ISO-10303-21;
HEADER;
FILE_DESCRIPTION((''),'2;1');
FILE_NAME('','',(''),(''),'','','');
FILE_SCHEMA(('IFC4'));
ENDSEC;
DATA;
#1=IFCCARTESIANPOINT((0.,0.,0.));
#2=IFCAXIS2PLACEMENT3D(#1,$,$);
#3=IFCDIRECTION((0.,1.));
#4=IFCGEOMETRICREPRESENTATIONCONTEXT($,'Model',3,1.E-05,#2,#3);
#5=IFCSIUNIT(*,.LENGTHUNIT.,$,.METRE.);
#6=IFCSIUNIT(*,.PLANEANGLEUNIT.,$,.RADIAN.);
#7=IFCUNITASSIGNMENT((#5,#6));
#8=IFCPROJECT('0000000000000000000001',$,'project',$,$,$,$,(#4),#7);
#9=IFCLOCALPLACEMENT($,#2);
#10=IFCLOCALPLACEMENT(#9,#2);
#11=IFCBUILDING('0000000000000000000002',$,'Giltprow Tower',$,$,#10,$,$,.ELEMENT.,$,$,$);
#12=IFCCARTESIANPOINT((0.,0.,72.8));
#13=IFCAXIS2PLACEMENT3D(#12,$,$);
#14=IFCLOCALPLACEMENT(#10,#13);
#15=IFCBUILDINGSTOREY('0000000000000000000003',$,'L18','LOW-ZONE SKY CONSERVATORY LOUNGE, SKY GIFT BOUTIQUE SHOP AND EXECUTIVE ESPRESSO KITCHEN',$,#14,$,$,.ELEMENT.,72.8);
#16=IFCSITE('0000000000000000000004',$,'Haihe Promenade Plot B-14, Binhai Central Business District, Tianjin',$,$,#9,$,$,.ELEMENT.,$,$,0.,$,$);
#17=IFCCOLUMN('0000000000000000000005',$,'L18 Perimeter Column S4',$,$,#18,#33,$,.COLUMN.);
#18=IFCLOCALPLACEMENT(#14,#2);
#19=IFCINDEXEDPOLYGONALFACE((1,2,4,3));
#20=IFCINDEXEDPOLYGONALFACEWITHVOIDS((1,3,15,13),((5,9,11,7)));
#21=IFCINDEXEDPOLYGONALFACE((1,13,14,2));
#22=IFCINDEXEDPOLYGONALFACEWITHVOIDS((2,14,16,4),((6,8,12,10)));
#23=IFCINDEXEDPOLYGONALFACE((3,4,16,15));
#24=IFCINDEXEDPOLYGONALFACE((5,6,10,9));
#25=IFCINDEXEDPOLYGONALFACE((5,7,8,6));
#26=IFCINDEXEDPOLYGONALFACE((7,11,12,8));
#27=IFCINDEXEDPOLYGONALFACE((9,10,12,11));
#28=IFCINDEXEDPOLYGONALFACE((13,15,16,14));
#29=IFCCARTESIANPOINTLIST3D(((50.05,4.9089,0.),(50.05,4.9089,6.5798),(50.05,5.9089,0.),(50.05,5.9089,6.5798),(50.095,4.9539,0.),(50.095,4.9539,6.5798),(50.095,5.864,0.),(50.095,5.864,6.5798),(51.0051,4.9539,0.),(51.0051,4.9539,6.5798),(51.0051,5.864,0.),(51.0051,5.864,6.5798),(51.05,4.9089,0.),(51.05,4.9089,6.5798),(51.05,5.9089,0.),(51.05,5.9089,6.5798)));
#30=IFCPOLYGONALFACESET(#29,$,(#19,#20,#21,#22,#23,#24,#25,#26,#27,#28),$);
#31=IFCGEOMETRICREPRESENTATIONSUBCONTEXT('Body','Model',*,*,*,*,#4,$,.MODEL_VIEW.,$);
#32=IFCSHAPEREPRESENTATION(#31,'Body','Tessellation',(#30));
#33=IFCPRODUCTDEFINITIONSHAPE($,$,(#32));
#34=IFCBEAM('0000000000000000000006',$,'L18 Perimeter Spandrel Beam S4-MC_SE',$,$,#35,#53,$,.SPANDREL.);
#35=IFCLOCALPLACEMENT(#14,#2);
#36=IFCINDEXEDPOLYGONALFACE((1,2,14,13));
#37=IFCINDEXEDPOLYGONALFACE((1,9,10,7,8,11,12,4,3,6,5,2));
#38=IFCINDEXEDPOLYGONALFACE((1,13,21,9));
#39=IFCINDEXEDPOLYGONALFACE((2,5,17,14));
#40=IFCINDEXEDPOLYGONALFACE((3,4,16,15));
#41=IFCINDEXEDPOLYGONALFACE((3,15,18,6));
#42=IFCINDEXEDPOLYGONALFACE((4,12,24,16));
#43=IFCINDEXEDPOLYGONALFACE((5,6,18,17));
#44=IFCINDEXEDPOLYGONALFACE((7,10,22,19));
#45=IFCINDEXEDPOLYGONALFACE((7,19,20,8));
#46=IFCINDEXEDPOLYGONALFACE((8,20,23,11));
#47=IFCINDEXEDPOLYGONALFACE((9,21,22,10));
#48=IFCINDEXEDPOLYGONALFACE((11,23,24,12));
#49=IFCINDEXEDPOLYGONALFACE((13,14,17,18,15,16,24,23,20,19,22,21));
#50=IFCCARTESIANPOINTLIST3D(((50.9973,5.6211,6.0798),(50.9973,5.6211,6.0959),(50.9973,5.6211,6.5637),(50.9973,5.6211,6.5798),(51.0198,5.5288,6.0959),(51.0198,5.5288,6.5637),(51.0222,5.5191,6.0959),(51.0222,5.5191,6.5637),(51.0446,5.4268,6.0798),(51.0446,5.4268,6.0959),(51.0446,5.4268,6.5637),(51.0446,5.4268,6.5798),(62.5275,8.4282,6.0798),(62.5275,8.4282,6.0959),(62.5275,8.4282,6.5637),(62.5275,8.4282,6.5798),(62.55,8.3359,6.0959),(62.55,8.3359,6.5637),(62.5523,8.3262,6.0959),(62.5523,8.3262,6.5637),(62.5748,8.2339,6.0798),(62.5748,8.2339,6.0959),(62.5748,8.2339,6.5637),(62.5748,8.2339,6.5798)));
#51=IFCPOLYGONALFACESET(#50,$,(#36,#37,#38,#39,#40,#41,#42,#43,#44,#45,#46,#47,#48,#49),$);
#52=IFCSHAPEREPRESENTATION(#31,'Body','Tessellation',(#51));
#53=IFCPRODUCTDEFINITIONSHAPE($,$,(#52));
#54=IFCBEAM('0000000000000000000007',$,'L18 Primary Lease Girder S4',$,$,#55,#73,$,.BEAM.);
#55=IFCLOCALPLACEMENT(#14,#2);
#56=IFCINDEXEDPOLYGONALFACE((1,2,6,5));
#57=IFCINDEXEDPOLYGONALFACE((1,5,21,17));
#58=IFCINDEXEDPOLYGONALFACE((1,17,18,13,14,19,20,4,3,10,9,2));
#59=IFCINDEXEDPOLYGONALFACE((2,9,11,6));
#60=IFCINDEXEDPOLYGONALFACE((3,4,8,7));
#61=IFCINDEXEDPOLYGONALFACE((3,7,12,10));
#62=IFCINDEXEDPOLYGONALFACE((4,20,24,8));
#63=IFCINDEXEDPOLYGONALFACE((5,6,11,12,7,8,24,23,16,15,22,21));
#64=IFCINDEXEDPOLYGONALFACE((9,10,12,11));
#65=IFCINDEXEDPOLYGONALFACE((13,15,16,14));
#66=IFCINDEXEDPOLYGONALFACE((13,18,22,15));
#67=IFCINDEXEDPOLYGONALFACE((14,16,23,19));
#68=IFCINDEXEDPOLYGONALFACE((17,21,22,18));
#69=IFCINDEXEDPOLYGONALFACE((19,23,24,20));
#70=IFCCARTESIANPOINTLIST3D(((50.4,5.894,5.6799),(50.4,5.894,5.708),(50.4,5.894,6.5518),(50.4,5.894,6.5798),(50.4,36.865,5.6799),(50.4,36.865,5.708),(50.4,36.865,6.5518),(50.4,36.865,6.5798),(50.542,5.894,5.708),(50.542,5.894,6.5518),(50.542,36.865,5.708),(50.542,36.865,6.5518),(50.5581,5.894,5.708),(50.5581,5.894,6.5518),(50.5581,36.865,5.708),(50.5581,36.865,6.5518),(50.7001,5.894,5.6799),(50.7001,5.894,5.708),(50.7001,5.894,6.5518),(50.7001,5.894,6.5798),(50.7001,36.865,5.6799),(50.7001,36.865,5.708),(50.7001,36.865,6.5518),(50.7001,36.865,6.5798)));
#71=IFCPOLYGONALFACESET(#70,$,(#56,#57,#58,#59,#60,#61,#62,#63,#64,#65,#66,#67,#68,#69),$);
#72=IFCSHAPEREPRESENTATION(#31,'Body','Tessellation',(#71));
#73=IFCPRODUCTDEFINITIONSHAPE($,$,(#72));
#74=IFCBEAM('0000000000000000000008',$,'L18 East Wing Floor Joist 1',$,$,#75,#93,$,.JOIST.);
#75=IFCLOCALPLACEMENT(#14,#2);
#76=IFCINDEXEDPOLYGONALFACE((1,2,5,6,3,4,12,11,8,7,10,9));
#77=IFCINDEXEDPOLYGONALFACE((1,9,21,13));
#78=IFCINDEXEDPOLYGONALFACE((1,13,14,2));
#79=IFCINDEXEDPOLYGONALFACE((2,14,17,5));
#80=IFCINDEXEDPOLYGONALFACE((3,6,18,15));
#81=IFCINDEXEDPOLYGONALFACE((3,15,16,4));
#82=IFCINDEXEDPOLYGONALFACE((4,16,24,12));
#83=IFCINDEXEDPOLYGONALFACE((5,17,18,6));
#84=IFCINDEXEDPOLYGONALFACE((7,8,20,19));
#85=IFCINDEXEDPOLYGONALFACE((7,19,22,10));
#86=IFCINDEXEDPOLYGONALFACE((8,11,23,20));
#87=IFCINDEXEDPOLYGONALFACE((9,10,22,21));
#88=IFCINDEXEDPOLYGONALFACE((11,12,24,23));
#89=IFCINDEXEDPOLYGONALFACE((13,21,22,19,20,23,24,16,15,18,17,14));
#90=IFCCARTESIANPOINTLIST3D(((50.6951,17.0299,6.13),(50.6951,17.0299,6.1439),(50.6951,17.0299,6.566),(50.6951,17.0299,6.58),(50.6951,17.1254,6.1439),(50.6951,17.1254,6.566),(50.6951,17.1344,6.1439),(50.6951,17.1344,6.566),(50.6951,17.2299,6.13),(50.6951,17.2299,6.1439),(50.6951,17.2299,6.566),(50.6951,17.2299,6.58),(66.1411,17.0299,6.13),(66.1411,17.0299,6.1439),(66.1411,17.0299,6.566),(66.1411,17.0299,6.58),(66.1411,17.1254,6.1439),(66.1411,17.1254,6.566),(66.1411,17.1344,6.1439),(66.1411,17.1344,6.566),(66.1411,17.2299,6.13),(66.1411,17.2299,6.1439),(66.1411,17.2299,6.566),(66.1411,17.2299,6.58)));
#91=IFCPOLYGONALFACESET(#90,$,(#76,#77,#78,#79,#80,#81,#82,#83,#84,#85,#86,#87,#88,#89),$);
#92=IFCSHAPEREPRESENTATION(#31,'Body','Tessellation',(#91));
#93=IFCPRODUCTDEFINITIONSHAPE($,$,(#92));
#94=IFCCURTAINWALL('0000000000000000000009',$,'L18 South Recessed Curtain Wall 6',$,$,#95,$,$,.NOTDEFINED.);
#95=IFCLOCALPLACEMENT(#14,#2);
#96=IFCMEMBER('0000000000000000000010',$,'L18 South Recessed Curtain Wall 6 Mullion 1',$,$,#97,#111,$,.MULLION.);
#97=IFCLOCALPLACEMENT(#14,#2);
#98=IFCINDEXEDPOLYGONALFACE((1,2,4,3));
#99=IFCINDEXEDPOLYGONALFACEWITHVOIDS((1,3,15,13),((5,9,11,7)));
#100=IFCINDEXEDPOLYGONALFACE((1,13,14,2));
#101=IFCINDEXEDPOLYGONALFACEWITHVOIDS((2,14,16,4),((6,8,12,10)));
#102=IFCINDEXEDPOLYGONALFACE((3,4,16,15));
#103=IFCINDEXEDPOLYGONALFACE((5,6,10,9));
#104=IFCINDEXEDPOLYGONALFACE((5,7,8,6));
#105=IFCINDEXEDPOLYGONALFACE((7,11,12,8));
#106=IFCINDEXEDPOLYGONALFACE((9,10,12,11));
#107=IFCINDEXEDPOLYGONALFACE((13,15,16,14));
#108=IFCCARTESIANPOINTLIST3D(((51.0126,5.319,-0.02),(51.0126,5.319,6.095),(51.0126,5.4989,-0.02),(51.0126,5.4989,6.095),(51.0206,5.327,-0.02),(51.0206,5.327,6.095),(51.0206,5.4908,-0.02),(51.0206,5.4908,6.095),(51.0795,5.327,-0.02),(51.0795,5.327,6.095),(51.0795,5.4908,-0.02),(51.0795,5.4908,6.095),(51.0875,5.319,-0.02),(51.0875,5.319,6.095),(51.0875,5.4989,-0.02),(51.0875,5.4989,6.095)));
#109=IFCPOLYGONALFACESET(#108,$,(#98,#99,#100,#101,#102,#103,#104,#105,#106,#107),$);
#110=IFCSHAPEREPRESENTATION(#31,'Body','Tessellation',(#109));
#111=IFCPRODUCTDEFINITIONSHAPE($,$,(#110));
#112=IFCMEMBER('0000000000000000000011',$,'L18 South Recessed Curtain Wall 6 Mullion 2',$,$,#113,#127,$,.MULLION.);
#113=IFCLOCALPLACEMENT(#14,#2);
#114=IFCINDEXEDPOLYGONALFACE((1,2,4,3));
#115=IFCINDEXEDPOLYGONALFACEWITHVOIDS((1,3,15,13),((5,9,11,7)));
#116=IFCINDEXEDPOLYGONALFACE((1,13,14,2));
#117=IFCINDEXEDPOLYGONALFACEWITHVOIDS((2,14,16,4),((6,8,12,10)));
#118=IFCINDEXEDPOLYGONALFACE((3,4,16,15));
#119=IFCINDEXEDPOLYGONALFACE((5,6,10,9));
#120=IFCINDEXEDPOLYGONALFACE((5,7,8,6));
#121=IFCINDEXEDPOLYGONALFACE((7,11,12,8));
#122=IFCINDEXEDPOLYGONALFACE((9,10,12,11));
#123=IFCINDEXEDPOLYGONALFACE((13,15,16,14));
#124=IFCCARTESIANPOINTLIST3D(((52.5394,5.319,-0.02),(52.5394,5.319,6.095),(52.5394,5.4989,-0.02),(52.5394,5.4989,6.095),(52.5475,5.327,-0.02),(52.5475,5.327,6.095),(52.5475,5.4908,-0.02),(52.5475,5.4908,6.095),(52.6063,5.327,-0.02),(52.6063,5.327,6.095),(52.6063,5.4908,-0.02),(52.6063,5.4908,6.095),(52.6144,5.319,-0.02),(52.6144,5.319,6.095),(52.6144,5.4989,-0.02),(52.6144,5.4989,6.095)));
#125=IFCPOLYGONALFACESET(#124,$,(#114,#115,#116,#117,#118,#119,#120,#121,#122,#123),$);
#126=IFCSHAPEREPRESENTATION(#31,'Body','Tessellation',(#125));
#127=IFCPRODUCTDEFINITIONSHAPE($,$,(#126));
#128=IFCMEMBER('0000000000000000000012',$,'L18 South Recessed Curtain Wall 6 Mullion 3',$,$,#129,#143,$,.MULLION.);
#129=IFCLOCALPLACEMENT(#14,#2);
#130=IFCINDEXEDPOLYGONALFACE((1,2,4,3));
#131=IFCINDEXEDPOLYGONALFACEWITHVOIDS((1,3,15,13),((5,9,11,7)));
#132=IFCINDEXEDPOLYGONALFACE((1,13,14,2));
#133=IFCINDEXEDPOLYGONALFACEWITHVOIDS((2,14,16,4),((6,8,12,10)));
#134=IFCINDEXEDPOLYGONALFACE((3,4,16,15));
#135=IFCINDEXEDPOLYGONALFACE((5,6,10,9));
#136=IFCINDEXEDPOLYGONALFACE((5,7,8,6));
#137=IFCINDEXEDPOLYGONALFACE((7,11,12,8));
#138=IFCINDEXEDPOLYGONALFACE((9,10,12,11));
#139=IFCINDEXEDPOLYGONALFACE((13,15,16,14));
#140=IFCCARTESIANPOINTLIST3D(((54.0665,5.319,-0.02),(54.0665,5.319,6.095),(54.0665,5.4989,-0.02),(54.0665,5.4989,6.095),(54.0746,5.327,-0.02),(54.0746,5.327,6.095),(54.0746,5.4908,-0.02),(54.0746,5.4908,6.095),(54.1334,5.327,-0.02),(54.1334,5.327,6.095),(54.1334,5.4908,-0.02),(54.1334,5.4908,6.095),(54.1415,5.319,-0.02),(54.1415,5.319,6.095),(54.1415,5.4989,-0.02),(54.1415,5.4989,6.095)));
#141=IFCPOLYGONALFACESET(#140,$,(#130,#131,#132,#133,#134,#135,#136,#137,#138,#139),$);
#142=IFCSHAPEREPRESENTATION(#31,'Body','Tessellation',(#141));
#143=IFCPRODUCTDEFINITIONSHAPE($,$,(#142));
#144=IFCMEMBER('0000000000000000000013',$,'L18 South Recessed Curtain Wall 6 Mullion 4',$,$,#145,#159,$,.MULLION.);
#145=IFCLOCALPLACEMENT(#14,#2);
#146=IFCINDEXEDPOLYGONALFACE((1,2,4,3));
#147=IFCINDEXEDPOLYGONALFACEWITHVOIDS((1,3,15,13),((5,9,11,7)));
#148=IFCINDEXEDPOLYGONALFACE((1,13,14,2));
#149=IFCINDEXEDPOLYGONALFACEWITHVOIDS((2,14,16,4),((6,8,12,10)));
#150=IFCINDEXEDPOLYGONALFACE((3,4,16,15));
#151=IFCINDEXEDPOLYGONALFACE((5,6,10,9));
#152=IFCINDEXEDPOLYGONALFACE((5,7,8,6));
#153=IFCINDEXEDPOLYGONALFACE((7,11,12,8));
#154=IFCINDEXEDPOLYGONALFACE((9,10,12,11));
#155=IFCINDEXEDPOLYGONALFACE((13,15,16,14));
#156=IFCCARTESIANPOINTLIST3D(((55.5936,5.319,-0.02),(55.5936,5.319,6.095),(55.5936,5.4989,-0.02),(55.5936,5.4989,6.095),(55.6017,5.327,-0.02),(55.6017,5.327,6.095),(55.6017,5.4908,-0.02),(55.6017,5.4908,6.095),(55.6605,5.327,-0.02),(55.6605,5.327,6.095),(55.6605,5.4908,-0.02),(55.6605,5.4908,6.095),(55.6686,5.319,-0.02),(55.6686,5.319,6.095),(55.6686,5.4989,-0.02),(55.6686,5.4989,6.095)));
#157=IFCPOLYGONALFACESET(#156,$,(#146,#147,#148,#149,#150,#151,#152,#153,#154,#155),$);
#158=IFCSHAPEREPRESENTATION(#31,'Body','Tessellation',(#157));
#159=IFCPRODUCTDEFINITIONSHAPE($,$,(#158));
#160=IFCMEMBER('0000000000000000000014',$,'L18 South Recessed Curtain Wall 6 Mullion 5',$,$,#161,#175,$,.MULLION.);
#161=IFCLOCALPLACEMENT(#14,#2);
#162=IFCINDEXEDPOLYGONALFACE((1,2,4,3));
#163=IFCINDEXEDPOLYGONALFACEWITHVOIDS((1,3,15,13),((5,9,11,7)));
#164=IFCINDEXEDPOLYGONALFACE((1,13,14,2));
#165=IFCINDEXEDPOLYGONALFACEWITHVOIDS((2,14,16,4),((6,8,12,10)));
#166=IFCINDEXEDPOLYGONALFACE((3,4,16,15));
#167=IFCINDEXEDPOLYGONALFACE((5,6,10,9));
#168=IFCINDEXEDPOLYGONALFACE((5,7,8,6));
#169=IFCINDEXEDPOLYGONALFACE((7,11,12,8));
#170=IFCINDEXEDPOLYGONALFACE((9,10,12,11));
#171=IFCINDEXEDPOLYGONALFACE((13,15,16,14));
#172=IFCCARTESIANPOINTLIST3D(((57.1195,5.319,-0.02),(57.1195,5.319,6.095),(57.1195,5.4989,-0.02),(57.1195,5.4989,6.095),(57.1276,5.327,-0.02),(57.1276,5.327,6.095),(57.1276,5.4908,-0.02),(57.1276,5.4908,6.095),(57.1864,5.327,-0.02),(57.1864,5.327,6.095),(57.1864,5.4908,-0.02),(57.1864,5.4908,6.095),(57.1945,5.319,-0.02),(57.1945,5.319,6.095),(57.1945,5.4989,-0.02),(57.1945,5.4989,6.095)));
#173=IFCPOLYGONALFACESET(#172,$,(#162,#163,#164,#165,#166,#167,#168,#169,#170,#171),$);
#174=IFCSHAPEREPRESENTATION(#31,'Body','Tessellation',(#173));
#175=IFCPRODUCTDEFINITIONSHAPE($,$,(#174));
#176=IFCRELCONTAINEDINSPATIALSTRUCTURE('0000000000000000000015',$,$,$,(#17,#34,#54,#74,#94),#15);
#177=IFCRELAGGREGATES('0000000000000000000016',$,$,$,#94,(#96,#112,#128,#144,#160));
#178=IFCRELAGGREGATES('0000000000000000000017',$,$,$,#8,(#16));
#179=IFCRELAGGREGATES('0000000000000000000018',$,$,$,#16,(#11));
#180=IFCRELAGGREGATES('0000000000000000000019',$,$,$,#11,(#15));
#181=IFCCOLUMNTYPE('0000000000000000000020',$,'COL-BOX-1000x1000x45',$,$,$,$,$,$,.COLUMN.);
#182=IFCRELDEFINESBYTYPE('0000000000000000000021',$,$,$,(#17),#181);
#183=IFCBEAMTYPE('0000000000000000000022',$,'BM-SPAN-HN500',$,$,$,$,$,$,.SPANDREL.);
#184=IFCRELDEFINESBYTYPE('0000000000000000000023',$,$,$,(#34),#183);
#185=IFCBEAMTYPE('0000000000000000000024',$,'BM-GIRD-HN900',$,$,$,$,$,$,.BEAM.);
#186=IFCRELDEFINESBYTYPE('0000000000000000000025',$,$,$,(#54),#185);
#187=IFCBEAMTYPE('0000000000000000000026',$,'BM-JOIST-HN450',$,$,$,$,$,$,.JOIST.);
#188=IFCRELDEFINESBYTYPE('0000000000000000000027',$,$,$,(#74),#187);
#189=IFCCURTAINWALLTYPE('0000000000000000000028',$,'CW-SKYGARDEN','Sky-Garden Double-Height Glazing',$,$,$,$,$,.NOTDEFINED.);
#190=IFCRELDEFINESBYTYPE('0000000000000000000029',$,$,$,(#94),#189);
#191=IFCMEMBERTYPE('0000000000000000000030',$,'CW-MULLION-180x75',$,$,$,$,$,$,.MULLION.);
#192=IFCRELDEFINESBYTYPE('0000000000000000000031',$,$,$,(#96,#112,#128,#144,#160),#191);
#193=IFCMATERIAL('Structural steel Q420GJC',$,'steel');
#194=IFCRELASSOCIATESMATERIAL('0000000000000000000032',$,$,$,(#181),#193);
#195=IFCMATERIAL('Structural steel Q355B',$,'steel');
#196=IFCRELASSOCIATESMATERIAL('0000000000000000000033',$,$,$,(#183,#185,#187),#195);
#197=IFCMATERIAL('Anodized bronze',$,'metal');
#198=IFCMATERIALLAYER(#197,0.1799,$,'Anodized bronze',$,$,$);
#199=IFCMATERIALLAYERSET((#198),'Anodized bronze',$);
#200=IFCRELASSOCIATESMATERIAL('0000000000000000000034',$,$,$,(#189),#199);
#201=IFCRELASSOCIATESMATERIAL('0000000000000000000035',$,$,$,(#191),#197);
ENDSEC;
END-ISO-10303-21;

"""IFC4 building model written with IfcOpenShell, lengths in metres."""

from ifc_helpers import new_model, si_unit, direction, frame, origin, origin_2d, place, context, subcontext, project, spatial, hollow_rectangle, i_section, extrude, source, transform, mapped, material, layer, layer_set, material_profile, profile_set, type_object, element, aggregate, save


model = new_model("IFC4")

# Units and contexts
model_context = context("Model", 3, precision=1e-05, world=origin(), true_north=direction((0.0, 1.0)))
body_context = subcontext(model_context, "Body", "Model", "MODEL_VIEW")
ifc_project = project(units=[si_unit("LENGTHUNIT", "METRE"), si_unit("PLANEANGLEUNIT", "RADIAN")], contexts=[model_context])

# Site, building, storey
site_placement = place(None, origin())
site = spatial("IfcSite", under=ifc_project, at=site_placement, Name="Haihe Promenade Plot B-14, Binhai Central Business District, Tianjin", CompositionType="ELEMENT", RefElevation=0.0)
building_placement = place(site_placement, origin())
building = spatial("IfcBuilding", under=site, at=building_placement, Name="Giltprow Tower", CompositionType="ELEMENT")
storey_placement = place(building_placement, frame((0.0, 0.0, 72.8)))
storey = spatial("IfcBuildingStorey", under=building, at=storey_placement, Name="L18", Description="LOW-ZONE SKY CONSERVATORY LOUNGE, SKY GIFT BOUTIQUE SHOP AND EXECUTIVE ESPRESSO KITCHEN", CompositionType="ELEMENT", Elevation=72.8)

# Column
ifc_material_1 = material(Name="Structural steel Q420GJC", Category="steel")
ifc_material_profile_1 = material_profile(ifc_material_1, hollow_rectangle(XDim=1.0, YDim=1.0, WallThickness=0.0449, at=origin_2d()), Name="BOX 1000x1000x45")
ifc_profile_set_1 = profile_set([ifc_material_profile_1], Name="Structural steel Q420GJC")
column_type = type_object("IfcColumnType", Name="COL-BOX-1000x1000x45", PredefinedType="COLUMN", material=ifc_profile_set_1)
shared_shape_1 = source(origin(), body_context, "Body", "SweptSolid", [
    extrude(hollow_rectangle(XDim=1.0, YDim=1.0, WallThickness=0.0449, at=origin_2d()), origin(), (0.0, 0.0, 1.0), 6.5798),
])
column_placement = place(storey_placement, frame((50.55, 5.4089, 0.0), z_axis=(0.0, 0.0, 1.0), x_axis=(1.0, 0.0, 0.0)))
element("IfcColumn", 1, at=column_placement, inside=storey, type_object=column_type, Name="L18 Perimeter Column S4", PredefinedType="COLUMN", context=body_context, shape_type="MappedRepresentation", body=[
    mapped(shared_shape_1, transform((0.0, 0.0, 0.0), x_axis=(1.0, 0.0, 0.0), y_axis=(0.0, 1.0, 0.0), z_axis=(0.0, 0.0, 1.0), scale=1.0)),
])

# Beams
ifc_material_2 = material(Name="Structural steel Q355B", Category="steel")
ifc_material_profile_2 = material_profile(ifc_material_2, i_section(OverallWidth=0.2, OverallDepth=0.5, WebThickness=0.01, FlangeThickness=0.0161, at=origin_2d()), Name="HN 500x200x10x16")
ifc_profile_set_2 = profile_set([ifc_material_profile_2], Name="Structural steel Q355B")
beam_type_1 = type_object("IfcBeamType", Name="BM-SPAN-HN500", PredefinedType="SPANDREL", material=ifc_profile_set_2)
shared_shape_2 = source(origin(), body_context, "Body", "SweptSolid", [
    extrude(i_section(OverallWidth=0.2, OverallDepth=0.5, WebThickness=0.01, FlangeThickness=0.0161, at=origin_2d()), origin(), (0.0, 0.0, 1.0), 11.8669),
])
beam_1_placement = place(storey_placement, frame((51.021, 5.5239, 6.3298), z_axis=(0.971619, 0.236553, 0.0), x_axis=(-0.236553, 0.971619, 0.0)))
element("IfcBeam", 2, at=beam_1_placement, inside=storey, type_object=beam_type_1, Name="L18 Perimeter Spandrel Beam S4-MC_SE", PredefinedType="SPANDREL", context=body_context, shape_type="MappedRepresentation", body=[
    mapped(shared_shape_2, transform((0.0, 0.0, 0.0), x_axis=(1.0, 0.0, 0.0), y_axis=(0.0, 1.0, 0.0), z_axis=(0.0, 0.0, 1.0), scale=1.0)),
])
ifc_material_profile_3 = material_profile(ifc_material_2, i_section(OverallWidth=0.3, OverallDepth=0.8999, WebThickness=0.0161, FlangeThickness=0.0281, at=origin_2d()), Name="HN 900x300x16x28")
ifc_profile_set_3 = profile_set([ifc_material_profile_3], Name="Structural steel Q355B")
beam_type_2 = type_object("IfcBeamType", Name="BM-GIRD-HN900", PredefinedType="BEAM", material=ifc_profile_set_3)
shared_shape_3 = source(origin(), body_context, "Body", "SweptSolid", [
    extrude(i_section(OverallWidth=0.3, OverallDepth=0.8999, WebThickness=0.0161, FlangeThickness=0.0281, at=origin_2d()), origin(), (0.0, 0.0, 1.0), 30.9709),
])
beam_2_placement = place(storey_placement, frame((50.55, 5.894, 6.1299), z_axis=(0.0, 1.0, 0.0), x_axis=(-1.0, 0.0, 0.0)))
element("IfcBeam", 3, at=beam_2_placement, inside=storey, type_object=beam_type_2, Name="L18 Primary Lease Girder S4", PredefinedType="BEAM", context=body_context, shape_type="MappedRepresentation", body=[
    mapped(shared_shape_3, transform((0.0, 0.0, 0.0), x_axis=(1.0, 0.0, 0.0), y_axis=(0.0, 1.0, 0.0), z_axis=(0.0, 0.0, 1.0), scale=1.0)),
])
ifc_material_profile_4 = material_profile(ifc_material_2, i_section(OverallWidth=0.2, OverallDepth=0.45, WebThickness=0.009, FlangeThickness=0.0139, at=origin_2d()), Name="HN 450x200x9x14")
ifc_profile_set_4 = profile_set([ifc_material_profile_4], Name="Structural steel Q355B")
beam_type_3 = type_object("IfcBeamType", Name="BM-JOIST-HN450", PredefinedType="JOIST", material=ifc_profile_set_4)
shared_shape_4 = source(origin(), body_context, "Body", "SweptSolid", [
    extrude(i_section(OverallWidth=0.2, OverallDepth=0.45, WebThickness=0.009, FlangeThickness=0.0139, at=origin_2d()), origin(), (0.0, 0.0, 1.0), 15.446),
])
beam_3_placement = place(storey_placement, frame((50.6951, 17.1299, 6.355), z_axis=(1.0, 0.0, 0.0), x_axis=(0.0, 1.0, 0.0)))
element("IfcBeam", 4, at=beam_3_placement, inside=storey, type_object=beam_type_3, Name="L18 East Wing Floor Joist 1", PredefinedType="JOIST", context=body_context, shape_type="MappedRepresentation", body=[
    mapped(shared_shape_4, transform((0.0, 0.0, 0.0), x_axis=(1.0, 0.0, 0.0), y_axis=(0.0, 1.0, 0.0), z_axis=(0.0, 0.0, 1.0), scale=1.0)),
])

# Curtain wall, members
ifc_material_3 = material(Name="Anodized bronze", Category="metal")
ifc_layer_1 = layer(ifc_material_3, 0.1799, Name="Anodized bronze")
ifc_layer_set_1 = layer_set([ifc_layer_1], Name="Anodized bronze")
curtain_wall_type = type_object("IfcCurtainWallType", Name="CW-SKYGARDEN", Description="Sky-Garden Double-Height Glazing", PredefinedType="NOTDEFINED", material=ifc_layer_set_1)
curtain_wall_placement = place(storey_placement, origin())
curtain_wall = element("IfcCurtainWall", 5, at=curtain_wall_placement, inside=storey, type_object=curtain_wall_type, Name="L18 South Recessed Curtain Wall 6", PredefinedType="NOTDEFINED")
ifc_material_profile_5 = material_profile(ifc_material_3, hollow_rectangle(XDim=0.075, YDim=0.1799, WallThickness=0.0081, at=origin_2d()), Name="RHS 180x75x8")
ifc_profile_set_5 = profile_set([ifc_material_profile_5], Name="Anodized bronze")
member_type_1 = type_object("IfcMemberType", Name="CW-MULLION-180x75", PredefinedType="MULLION", material=ifc_profile_set_5)
shared_shape_5 = source(origin(), body_context, "Body", "SweptSolid", [
    extrude(hollow_rectangle(XDim=0.075, YDim=0.1799, WallThickness=0.0081, at=origin_2d()), origin(), (0.0, 0.0, 1.0), 6.115),
])
member_1_placement = place(storey_placement, frame((51.05, 5.4089, -0.02), z_axis=(0.0, 0.0, 1.0), x_axis=(1.0, 0.0, 0.0)))
member_1 = element("IfcMember", 6, at=member_1_placement, type_object=member_type_1, Name="L18 South Recessed Curtain Wall 6 Mullion 1", PredefinedType="MULLION", context=body_context, shape_type="MappedRepresentation", body=[
    mapped(shared_shape_5, transform((0.0, 0.0, 0.0), x_axis=(1.0, 0.0, 0.0), y_axis=(0.0, 1.0, 0.0), z_axis=(0.0, 0.0, 1.0), scale=1.0)),
])
member_2_placement = place(storey_placement, frame((52.5769, 5.4089, -0.02), z_axis=(0.0, 0.0, 1.0), x_axis=(1.0, 0.0, 0.0)))
member_2 = element("IfcMember", 7, at=member_2_placement, type_object=member_type_1, Name="L18 South Recessed Curtain Wall 6 Mullion 2", PredefinedType="MULLION", context=body_context, shape_type="MappedRepresentation", body=[
    mapped(shared_shape_5, transform((0.0, 0.0, 0.0), x_axis=(1.0, 0.0, 0.0), y_axis=(0.0, 1.0, 0.0), z_axis=(0.0, 0.0, 1.0), scale=1.0)),
])
member_3_placement = place(storey_placement, frame((54.104, 5.4089, -0.02), z_axis=(0.0, 0.0, 1.0), x_axis=(1.0, 0.0, 0.0)))
member_3 = element("IfcMember", 8, at=member_3_placement, type_object=member_type_1, Name="L18 South Recessed Curtain Wall 6 Mullion 3", PredefinedType="MULLION", context=body_context, shape_type="MappedRepresentation", body=[
    mapped(shared_shape_5, transform((0.0, 0.0, 0.0), x_axis=(1.0, 0.0, 0.0), y_axis=(0.0, 1.0, 0.0), z_axis=(0.0, 0.0, 1.0), scale=1.0)),
])
member_4_placement = place(storey_placement, frame((55.6311, 5.4089, -0.02), z_axis=(0.0, 0.0, 1.0), x_axis=(1.0, 0.0, 0.0)))
member_4 = element("IfcMember", 9, at=member_4_placement, type_object=member_type_1, Name="L18 South Recessed Curtain Wall 6 Mullion 4", PredefinedType="MULLION", context=body_context, shape_type="MappedRepresentation", body=[
    mapped(shared_shape_5, transform((0.0, 0.0, 0.0), x_axis=(1.0, 0.0, 0.0), y_axis=(0.0, 1.0, 0.0), z_axis=(0.0, 0.0, 1.0), scale=1.0)),
])
member_5_placement = place(storey_placement, frame((57.157, 5.4089, -0.02), z_axis=(0.0, 0.0, 1.0), x_axis=(1.0, 0.0, 0.0)))
member_5 = element("IfcMember", 10, at=member_5_placement, type_object=member_type_1, Name="L18 South Recessed Curtain Wall 6 Mullion 5", PredefinedType="MULLION", context=body_context, shape_type="MappedRepresentation", body=[
    mapped(shared_shape_5, transform((0.0, 0.0, 0.0), x_axis=(1.0, 0.0, 0.0), y_axis=(0.0, 1.0, 0.0), z_axis=(0.0, 0.0, 1.0), scale=1.0)),
])
aggregate(curtain_wall, [member_1, member_2, member_3, member_4, member_5])

save(model, "model.ifc")
